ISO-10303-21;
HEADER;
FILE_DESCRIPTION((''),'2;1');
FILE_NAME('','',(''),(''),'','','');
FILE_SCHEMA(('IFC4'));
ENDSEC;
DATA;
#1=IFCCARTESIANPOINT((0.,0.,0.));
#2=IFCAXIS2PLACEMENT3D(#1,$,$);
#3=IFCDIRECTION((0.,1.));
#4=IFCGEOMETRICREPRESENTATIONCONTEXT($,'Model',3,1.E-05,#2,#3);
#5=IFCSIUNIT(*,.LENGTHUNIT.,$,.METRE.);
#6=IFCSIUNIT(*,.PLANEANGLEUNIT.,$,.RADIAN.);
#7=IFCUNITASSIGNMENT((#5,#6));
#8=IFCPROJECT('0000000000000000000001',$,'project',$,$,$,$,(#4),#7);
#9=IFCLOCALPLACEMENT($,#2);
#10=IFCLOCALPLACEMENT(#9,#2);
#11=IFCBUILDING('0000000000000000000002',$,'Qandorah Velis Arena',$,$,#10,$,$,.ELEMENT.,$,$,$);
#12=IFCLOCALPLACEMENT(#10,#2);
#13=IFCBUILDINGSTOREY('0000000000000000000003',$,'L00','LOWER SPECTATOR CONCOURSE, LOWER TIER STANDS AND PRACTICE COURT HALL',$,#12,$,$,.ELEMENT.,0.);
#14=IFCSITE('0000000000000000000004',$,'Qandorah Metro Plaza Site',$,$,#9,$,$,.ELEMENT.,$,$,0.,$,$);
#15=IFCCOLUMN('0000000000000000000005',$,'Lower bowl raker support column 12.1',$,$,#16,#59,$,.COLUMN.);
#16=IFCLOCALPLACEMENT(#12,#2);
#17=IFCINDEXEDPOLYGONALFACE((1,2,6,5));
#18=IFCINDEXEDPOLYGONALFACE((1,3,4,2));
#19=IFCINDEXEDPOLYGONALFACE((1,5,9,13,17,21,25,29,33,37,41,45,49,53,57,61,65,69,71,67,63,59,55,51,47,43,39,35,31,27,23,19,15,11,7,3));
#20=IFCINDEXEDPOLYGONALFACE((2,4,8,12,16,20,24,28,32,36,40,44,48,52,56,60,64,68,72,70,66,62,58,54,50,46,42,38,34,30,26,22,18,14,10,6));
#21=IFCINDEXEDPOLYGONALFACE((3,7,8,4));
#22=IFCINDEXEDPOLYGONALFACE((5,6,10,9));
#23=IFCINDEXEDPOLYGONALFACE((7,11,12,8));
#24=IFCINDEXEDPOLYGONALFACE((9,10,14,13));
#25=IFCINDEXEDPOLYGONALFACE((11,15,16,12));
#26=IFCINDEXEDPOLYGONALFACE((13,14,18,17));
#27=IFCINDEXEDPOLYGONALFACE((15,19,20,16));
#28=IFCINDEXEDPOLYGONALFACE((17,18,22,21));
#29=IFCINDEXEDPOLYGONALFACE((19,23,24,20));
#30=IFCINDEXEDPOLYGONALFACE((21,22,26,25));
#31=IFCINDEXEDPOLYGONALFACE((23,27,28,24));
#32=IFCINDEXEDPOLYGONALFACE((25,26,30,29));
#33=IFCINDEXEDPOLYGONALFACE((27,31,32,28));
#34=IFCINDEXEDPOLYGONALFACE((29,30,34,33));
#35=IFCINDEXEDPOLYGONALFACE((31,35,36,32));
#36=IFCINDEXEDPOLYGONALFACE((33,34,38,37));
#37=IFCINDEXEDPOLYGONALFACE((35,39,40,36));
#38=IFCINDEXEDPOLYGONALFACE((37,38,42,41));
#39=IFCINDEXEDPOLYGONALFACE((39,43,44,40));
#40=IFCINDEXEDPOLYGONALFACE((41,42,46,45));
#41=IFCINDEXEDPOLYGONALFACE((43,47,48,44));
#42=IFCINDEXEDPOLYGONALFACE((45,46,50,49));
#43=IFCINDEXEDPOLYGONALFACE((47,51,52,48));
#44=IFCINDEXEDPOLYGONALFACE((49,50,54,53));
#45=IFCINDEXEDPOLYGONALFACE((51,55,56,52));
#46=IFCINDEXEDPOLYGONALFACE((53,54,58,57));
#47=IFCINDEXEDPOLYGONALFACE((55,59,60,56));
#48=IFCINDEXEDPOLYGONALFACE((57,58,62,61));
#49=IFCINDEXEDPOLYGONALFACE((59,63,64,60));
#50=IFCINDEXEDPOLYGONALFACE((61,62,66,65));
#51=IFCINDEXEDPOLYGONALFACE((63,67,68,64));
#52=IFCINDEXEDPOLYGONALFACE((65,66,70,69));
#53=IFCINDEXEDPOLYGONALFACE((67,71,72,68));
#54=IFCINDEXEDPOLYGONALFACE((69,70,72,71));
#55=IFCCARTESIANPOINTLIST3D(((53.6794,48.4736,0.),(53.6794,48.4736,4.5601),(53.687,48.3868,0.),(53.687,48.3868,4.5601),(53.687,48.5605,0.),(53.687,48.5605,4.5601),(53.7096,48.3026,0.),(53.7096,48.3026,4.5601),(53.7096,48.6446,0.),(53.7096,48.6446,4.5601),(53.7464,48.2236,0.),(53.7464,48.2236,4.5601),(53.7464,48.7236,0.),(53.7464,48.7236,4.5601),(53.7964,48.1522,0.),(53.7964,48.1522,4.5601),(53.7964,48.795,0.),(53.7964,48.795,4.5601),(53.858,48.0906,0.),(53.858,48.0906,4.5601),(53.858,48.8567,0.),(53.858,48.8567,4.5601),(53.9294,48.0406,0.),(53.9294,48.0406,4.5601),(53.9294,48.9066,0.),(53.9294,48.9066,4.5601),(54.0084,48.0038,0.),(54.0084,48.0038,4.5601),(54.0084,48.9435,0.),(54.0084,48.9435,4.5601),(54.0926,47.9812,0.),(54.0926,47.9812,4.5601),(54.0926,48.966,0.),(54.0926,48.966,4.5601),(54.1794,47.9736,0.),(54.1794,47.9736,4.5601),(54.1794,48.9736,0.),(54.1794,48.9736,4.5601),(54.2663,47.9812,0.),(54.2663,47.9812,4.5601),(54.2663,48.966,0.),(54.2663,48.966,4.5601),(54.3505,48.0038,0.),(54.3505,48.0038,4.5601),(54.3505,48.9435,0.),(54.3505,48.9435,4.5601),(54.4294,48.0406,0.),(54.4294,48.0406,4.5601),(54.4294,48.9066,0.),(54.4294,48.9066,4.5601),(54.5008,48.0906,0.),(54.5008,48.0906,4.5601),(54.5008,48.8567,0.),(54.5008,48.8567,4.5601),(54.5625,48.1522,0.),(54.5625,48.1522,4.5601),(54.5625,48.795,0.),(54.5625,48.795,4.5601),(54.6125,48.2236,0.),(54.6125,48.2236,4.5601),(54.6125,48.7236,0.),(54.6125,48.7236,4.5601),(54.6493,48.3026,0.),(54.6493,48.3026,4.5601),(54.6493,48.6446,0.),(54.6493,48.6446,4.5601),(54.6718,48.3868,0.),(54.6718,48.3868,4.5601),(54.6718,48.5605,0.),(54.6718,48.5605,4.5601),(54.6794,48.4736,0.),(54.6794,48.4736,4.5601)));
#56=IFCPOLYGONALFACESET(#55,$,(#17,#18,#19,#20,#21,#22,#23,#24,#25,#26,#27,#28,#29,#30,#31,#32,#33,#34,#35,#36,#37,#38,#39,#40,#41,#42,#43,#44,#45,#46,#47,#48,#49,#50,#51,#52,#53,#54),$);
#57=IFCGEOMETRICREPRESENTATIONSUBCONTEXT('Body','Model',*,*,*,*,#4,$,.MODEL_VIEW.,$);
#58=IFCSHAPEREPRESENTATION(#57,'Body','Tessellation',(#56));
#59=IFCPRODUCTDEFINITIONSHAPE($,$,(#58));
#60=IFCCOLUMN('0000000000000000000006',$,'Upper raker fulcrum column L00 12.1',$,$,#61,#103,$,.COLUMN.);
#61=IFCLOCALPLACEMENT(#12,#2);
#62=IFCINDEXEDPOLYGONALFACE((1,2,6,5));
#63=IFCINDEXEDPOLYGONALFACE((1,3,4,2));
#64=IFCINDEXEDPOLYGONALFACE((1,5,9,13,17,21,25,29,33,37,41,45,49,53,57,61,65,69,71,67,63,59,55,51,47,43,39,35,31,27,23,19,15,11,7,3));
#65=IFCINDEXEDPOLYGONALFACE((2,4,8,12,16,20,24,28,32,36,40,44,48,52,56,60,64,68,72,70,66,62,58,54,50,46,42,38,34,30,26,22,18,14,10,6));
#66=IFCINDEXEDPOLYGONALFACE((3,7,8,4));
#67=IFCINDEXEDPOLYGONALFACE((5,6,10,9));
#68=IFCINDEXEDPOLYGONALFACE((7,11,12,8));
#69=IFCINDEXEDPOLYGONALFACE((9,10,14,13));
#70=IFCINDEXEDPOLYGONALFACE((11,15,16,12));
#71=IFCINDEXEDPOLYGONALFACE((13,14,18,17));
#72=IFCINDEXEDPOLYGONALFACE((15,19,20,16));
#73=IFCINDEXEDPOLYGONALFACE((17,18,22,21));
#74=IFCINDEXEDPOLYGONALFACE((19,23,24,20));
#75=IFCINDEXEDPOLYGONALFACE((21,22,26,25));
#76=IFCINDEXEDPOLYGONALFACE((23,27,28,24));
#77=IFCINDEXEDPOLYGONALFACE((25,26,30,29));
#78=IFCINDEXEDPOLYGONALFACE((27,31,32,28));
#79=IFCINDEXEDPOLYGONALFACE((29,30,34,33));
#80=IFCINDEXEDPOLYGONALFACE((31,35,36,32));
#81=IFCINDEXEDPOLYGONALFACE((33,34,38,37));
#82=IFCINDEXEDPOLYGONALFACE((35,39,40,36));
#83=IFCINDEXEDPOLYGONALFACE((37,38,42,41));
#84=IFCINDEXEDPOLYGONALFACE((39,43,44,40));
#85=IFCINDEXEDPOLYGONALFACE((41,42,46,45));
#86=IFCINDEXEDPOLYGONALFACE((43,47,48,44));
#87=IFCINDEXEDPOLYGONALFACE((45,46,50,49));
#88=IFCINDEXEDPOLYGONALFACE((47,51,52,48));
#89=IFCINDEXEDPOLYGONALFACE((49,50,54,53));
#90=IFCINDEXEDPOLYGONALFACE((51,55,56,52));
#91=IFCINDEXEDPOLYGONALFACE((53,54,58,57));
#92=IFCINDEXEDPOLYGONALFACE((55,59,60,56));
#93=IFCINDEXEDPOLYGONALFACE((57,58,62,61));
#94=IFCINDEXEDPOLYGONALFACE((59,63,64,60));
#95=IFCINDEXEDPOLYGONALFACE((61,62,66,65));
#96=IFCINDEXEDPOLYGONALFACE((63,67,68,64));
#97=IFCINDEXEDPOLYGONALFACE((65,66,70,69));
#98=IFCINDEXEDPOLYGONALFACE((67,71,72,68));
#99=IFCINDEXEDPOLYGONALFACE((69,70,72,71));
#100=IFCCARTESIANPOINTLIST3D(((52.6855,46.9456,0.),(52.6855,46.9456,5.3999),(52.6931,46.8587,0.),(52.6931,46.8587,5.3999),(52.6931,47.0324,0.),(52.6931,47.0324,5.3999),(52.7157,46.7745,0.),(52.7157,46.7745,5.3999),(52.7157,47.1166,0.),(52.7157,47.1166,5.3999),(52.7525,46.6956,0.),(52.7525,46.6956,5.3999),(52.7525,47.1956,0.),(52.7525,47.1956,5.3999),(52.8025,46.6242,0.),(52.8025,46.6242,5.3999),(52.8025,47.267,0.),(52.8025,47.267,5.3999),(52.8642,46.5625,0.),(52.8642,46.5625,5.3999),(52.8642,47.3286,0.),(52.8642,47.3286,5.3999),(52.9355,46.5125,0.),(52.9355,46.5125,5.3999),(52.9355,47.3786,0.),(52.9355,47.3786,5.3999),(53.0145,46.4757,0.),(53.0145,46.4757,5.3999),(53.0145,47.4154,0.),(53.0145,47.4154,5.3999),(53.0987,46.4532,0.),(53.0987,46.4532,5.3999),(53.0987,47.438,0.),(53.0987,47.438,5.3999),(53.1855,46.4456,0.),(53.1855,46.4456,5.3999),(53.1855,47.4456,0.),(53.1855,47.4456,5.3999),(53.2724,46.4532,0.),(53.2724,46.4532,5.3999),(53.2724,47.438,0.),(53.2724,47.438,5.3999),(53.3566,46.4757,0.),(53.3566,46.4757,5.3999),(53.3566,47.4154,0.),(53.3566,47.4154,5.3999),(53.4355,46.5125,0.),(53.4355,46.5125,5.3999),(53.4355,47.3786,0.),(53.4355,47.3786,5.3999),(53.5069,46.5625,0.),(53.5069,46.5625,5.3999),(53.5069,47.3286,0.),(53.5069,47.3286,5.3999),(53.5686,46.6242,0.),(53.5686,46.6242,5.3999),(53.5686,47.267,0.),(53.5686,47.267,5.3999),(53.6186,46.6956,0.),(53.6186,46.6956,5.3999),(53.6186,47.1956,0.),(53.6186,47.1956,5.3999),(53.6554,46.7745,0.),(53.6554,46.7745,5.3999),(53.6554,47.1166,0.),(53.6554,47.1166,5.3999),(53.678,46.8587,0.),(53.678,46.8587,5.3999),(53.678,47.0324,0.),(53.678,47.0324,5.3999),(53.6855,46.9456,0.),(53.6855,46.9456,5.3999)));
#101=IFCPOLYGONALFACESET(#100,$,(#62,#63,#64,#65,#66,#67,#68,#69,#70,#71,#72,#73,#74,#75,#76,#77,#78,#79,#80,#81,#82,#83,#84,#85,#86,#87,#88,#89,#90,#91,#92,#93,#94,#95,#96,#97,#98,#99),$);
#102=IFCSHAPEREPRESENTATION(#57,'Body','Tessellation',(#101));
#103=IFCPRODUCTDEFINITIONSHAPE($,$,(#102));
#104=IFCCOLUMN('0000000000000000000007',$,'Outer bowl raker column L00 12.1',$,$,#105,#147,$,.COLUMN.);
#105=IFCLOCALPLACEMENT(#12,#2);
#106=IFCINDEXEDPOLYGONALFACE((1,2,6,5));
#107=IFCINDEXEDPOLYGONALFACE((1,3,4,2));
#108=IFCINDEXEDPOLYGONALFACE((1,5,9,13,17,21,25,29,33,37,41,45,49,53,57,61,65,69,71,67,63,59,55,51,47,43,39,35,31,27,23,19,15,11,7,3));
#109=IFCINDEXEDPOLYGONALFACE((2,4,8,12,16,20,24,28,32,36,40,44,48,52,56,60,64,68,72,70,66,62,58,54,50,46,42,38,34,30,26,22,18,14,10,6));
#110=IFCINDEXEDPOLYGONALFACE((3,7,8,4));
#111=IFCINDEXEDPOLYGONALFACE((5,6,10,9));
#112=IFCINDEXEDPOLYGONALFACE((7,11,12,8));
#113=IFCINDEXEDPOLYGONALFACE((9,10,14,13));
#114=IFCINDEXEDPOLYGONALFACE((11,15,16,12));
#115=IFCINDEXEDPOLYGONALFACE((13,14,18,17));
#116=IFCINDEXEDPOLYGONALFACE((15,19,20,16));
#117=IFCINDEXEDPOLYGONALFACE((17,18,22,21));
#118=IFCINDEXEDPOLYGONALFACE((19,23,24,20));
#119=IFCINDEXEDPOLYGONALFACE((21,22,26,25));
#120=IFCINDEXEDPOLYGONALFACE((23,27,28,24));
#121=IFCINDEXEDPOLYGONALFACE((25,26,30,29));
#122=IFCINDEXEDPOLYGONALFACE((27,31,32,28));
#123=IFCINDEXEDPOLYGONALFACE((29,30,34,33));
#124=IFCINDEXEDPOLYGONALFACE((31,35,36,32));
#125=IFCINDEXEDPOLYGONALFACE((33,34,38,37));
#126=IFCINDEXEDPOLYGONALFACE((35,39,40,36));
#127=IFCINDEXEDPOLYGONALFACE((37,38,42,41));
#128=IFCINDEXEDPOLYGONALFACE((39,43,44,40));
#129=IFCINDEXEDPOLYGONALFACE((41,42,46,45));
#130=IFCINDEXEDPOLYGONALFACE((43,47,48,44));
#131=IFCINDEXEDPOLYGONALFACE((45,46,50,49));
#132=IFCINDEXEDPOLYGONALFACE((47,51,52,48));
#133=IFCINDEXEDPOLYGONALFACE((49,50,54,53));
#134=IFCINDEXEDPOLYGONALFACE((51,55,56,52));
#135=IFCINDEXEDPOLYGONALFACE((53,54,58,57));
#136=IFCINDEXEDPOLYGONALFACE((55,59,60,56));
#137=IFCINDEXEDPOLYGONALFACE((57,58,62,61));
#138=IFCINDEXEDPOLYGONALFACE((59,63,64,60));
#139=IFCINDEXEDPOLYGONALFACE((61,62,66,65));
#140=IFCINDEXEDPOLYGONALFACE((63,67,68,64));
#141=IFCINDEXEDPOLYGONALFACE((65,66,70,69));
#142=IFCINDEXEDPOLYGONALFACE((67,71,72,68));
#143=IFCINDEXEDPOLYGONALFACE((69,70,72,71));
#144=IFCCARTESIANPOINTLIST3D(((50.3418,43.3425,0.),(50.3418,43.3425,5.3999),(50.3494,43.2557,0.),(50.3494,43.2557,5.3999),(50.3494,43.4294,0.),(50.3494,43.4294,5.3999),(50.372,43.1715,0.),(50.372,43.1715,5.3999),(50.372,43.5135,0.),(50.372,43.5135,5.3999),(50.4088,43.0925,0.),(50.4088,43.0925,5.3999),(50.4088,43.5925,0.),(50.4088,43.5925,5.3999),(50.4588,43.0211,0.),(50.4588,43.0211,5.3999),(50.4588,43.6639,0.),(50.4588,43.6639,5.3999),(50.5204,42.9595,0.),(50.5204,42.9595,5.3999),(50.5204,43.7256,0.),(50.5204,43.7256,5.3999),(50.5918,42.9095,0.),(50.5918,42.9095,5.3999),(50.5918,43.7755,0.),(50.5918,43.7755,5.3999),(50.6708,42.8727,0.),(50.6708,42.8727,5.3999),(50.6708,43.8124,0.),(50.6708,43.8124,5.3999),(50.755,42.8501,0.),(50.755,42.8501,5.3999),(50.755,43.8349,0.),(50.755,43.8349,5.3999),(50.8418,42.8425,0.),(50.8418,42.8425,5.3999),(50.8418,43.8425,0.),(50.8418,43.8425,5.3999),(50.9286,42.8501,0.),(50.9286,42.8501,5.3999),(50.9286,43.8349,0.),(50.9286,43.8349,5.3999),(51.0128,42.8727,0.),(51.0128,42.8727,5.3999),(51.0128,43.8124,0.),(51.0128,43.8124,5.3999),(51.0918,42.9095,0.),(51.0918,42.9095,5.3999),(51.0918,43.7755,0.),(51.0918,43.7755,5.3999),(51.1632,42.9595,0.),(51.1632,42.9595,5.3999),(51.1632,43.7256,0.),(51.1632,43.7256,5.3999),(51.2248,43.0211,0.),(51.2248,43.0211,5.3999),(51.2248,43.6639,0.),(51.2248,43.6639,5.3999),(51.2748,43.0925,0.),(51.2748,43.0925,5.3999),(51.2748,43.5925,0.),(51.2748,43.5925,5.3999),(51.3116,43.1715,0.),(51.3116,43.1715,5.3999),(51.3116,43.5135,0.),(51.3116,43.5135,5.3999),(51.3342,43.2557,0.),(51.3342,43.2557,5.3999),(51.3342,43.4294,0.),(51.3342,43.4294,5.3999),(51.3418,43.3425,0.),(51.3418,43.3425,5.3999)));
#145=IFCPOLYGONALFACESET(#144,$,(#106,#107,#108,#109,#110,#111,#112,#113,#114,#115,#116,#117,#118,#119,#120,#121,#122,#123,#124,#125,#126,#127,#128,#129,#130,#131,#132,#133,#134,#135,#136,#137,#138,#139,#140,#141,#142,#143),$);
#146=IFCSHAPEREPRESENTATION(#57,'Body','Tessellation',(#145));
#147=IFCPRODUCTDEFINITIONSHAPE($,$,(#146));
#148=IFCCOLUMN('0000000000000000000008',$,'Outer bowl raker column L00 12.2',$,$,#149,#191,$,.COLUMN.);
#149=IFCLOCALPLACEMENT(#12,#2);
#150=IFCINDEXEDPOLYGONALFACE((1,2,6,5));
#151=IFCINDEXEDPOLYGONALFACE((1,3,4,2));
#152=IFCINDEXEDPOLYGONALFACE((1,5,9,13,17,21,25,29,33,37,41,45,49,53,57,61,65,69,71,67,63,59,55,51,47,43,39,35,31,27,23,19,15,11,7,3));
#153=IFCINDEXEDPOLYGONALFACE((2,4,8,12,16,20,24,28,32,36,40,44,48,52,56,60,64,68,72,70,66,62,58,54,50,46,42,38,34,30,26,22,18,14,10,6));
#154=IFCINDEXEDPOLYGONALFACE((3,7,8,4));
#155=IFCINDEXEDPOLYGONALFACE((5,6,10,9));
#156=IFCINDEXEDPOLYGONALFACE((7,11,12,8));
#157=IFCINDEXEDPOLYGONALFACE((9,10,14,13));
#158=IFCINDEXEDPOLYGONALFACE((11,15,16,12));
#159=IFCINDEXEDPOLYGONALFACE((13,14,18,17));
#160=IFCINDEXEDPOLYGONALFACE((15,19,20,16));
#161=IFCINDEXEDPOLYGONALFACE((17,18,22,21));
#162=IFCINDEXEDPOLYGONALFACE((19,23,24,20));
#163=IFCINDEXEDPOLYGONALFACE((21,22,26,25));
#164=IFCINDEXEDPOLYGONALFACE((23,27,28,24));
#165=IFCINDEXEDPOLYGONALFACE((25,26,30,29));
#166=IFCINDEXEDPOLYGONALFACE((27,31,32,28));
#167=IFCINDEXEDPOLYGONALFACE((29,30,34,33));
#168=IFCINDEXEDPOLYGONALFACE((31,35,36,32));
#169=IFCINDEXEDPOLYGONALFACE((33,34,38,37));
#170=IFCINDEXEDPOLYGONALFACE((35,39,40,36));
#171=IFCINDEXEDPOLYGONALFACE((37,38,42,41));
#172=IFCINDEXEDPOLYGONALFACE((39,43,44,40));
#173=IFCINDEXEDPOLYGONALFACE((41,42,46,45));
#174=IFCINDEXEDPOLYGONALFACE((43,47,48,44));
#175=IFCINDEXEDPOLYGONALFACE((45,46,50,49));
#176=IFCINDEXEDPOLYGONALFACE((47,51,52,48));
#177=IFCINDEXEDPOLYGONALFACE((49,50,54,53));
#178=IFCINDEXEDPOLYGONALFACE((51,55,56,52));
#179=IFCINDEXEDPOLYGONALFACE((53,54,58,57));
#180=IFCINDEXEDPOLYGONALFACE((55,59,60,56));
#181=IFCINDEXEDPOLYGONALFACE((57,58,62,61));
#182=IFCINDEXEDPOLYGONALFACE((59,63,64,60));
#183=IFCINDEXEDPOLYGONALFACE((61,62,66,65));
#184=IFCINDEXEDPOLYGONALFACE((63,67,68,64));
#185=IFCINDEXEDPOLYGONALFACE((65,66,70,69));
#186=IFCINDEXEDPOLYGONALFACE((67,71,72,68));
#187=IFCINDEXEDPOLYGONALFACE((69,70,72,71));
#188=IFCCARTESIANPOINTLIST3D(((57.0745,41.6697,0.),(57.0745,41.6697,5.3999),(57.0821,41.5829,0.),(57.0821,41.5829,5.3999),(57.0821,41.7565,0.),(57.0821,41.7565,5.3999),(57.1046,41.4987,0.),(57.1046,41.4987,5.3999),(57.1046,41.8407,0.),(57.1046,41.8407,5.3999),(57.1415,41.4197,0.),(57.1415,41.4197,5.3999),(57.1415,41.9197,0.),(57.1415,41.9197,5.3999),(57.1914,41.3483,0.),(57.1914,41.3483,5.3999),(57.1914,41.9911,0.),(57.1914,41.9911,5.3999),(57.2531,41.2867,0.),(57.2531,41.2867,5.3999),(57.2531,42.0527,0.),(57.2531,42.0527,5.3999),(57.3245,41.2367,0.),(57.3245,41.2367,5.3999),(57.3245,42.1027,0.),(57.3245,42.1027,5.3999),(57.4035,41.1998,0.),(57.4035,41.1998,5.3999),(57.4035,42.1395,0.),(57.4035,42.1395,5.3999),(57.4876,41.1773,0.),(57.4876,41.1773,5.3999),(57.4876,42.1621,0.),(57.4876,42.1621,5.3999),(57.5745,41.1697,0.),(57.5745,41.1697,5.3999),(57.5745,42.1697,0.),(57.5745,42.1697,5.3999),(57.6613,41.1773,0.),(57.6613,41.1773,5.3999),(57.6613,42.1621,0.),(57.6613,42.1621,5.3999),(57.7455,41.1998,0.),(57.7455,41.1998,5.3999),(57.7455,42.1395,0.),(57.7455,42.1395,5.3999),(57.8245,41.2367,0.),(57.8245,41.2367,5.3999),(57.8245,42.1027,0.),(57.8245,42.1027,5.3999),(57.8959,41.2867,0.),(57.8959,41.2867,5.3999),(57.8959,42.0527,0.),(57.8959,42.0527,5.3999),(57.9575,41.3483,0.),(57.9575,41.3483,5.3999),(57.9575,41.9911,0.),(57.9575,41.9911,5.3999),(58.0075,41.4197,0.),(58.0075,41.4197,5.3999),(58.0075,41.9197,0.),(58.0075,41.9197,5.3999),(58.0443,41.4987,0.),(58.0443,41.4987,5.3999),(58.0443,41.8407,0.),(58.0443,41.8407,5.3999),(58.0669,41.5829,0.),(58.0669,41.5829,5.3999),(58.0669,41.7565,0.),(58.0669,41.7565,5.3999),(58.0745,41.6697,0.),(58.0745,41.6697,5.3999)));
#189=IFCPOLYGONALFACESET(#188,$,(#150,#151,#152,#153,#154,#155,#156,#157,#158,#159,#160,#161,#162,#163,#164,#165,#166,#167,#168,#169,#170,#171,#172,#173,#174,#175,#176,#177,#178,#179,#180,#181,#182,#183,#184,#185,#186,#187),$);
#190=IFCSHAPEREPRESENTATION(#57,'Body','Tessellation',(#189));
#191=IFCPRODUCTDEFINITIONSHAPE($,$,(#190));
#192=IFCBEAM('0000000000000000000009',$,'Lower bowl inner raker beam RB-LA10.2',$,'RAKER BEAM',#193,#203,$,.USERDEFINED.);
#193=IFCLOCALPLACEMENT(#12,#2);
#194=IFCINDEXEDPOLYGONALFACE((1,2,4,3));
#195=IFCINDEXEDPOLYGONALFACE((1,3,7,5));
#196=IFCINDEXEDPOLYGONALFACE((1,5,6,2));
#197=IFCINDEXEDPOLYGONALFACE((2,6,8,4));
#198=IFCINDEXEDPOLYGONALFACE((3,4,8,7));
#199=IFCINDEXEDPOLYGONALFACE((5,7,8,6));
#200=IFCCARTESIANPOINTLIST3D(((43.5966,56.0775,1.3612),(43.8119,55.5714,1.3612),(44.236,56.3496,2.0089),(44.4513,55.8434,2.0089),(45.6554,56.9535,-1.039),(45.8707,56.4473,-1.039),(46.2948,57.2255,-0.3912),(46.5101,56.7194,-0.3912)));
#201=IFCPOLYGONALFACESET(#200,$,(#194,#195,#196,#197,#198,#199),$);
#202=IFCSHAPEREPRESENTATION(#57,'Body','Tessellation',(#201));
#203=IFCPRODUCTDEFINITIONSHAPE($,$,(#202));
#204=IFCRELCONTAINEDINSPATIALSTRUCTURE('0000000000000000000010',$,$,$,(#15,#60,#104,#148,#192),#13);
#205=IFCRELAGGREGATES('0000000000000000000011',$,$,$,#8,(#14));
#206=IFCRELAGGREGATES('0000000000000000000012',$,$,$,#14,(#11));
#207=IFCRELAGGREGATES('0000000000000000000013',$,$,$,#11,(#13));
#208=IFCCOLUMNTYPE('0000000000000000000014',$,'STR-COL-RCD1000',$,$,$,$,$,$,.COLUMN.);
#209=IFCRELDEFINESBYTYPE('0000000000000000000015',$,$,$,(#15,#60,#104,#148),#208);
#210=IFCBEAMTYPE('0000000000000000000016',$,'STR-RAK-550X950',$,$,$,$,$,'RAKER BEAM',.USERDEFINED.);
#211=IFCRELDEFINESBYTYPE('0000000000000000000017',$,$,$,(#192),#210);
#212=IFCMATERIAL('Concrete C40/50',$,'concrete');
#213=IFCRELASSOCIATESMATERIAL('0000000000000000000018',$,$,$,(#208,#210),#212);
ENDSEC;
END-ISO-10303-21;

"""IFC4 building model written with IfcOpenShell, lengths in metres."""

from ifc_helpers import new_model, si_unit, direction, frame, origin, origin_2d, place, context, subcontext, project, spatial, rectangle, circle, extrude, material, material_profile, profile_set, type_object, element, save


model = new_model("IFC4")

# Units and contexts
model_context = context("Model", 3, precision=1e-05, world=origin(), true_north=direction((0.0, 1.0)))
body_context = subcontext(model_context, "Body", "Model", "MODEL_VIEW")
ifc_project = project(units=[si_unit("LENGTHUNIT", "METRE"), si_unit("PLANEANGLEUNIT", "RADIAN")], contexts=[model_context])

# Site, building, storey
site_placement = place(None, origin())
site = spatial("IfcSite", under=ifc_project, at=site_placement, Name="Qandorah Metro Plaza Site", CompositionType="ELEMENT", RefElevation=0.0)
building_placement = place(site_placement, origin())
building = spatial("IfcBuilding", under=site, at=building_placement, Name="Qandorah Velis Arena", CompositionType="ELEMENT")
storey_placement = place(building_placement, origin())
storey = spatial("IfcBuildingStorey", under=building, at=storey_placement, Name="L00", Description="LOWER SPECTATOR CONCOURSE, LOWER TIER STANDS AND PRACTICE COURT HALL", CompositionType="ELEMENT", Elevation=0.0)

# Columns
ifc_material_1 = material(Name="Concrete C40/50", Category="concrete")
ifc_material_profile_1 = material_profile(ifc_material_1, circle(Radius=0.5, at=origin_2d()), Name="RC D1000")
ifc_profile_set_1 = profile_set([ifc_material_profile_1], Name="Concrete C40/50")
column_type = type_object("IfcColumnType", Name="STR-COL-RCD1000", PredefinedType="COLUMN", material=ifc_profile_set_1)
column_1_placement = place(storey_placement, frame((54.1794, 48.4736, 0.0), z_axis=(0.0, 0.0, 1.0), x_axis=(1.0, 0.0, 0.0)))
element("IfcColumn", 1, at=column_1_placement, inside=storey, type_object=column_type, Name="Lower bowl raker support column 12.1", PredefinedType="COLUMN", context=body_context, shape_type="SweptSolid", body=[
    extrude(circle(Radius=0.5, at=origin_2d()), origin(), (0.0, 0.0, 1.0), 4.5601),
])
for number, where, z_axis, x_axis, name in (
    (2, (53.1855, 46.9456, 0.0), (0.0, 0.0, 1.0), (1.0, 0.0, 0.0), "Upper raker fulcrum column L00 12.1"),
    (3, (50.8418, 43.3425, 0.0), (0.0, 0.0, 1.0), (1.0, 0.0, 0.0), "Outer bowl raker column L00 12.1"),
    (4, (57.5745, 41.6697, 0.0), (0.0, 0.0, 1.0), (1.0, 0.0, 0.0), "Outer bowl raker column L00 12.2"),
):
    element("IfcColumn", number, at=place(storey_placement, frame(where, z_axis=z_axis, x_axis=x_axis)), inside=storey, type_object=column_type, Name=name, PredefinedType="COLUMN", context=body_context, shape_type="SweptSolid", body=[
        extrude(circle(Radius=0.5, at=origin_2d()), origin(), (0.0, 0.0, 1.0), 5.3999),
    ])

# Beam
ifc_material_profile_2 = material_profile(ifc_material_1, rectangle(XDim=0.55, YDim=0.95, at=origin_2d()), Name="RC RAKER 550x950")
ifc_profile_set_2 = profile_set([ifc_material_profile_2], Name="Concrete C40/50")
beam_type_1 = type_object("IfcBeamType", Name="STR-RAK-550X950", ElementType="RAKER BEAM", PredefinedType="USERDEFINED", material=ifc_profile_set_2)
beam_1_placement = place(storey_placement, frame((46.0828, 56.8364, -0.7151), z_axis=(-0.627448, -0.266961, 0.731465), x_axis=(0.391508, -0.920175, 0.0)))
element("IfcBeam", 5, at=beam_1_placement, inside=storey, type_object=beam_type_1, Name="Lower bowl inner raker beam RB-LA10.2", ObjectType="RAKER BEAM", PredefinedType="USERDEFINED", context=body_context, shape_type="SweptSolid", body=[
    extrude(rectangle(XDim=0.55, YDim=0.95, at=origin_2d()), origin(), (0.0, 0.0, 1.0), 3.2812),
])

save(model, "model.ifc")
